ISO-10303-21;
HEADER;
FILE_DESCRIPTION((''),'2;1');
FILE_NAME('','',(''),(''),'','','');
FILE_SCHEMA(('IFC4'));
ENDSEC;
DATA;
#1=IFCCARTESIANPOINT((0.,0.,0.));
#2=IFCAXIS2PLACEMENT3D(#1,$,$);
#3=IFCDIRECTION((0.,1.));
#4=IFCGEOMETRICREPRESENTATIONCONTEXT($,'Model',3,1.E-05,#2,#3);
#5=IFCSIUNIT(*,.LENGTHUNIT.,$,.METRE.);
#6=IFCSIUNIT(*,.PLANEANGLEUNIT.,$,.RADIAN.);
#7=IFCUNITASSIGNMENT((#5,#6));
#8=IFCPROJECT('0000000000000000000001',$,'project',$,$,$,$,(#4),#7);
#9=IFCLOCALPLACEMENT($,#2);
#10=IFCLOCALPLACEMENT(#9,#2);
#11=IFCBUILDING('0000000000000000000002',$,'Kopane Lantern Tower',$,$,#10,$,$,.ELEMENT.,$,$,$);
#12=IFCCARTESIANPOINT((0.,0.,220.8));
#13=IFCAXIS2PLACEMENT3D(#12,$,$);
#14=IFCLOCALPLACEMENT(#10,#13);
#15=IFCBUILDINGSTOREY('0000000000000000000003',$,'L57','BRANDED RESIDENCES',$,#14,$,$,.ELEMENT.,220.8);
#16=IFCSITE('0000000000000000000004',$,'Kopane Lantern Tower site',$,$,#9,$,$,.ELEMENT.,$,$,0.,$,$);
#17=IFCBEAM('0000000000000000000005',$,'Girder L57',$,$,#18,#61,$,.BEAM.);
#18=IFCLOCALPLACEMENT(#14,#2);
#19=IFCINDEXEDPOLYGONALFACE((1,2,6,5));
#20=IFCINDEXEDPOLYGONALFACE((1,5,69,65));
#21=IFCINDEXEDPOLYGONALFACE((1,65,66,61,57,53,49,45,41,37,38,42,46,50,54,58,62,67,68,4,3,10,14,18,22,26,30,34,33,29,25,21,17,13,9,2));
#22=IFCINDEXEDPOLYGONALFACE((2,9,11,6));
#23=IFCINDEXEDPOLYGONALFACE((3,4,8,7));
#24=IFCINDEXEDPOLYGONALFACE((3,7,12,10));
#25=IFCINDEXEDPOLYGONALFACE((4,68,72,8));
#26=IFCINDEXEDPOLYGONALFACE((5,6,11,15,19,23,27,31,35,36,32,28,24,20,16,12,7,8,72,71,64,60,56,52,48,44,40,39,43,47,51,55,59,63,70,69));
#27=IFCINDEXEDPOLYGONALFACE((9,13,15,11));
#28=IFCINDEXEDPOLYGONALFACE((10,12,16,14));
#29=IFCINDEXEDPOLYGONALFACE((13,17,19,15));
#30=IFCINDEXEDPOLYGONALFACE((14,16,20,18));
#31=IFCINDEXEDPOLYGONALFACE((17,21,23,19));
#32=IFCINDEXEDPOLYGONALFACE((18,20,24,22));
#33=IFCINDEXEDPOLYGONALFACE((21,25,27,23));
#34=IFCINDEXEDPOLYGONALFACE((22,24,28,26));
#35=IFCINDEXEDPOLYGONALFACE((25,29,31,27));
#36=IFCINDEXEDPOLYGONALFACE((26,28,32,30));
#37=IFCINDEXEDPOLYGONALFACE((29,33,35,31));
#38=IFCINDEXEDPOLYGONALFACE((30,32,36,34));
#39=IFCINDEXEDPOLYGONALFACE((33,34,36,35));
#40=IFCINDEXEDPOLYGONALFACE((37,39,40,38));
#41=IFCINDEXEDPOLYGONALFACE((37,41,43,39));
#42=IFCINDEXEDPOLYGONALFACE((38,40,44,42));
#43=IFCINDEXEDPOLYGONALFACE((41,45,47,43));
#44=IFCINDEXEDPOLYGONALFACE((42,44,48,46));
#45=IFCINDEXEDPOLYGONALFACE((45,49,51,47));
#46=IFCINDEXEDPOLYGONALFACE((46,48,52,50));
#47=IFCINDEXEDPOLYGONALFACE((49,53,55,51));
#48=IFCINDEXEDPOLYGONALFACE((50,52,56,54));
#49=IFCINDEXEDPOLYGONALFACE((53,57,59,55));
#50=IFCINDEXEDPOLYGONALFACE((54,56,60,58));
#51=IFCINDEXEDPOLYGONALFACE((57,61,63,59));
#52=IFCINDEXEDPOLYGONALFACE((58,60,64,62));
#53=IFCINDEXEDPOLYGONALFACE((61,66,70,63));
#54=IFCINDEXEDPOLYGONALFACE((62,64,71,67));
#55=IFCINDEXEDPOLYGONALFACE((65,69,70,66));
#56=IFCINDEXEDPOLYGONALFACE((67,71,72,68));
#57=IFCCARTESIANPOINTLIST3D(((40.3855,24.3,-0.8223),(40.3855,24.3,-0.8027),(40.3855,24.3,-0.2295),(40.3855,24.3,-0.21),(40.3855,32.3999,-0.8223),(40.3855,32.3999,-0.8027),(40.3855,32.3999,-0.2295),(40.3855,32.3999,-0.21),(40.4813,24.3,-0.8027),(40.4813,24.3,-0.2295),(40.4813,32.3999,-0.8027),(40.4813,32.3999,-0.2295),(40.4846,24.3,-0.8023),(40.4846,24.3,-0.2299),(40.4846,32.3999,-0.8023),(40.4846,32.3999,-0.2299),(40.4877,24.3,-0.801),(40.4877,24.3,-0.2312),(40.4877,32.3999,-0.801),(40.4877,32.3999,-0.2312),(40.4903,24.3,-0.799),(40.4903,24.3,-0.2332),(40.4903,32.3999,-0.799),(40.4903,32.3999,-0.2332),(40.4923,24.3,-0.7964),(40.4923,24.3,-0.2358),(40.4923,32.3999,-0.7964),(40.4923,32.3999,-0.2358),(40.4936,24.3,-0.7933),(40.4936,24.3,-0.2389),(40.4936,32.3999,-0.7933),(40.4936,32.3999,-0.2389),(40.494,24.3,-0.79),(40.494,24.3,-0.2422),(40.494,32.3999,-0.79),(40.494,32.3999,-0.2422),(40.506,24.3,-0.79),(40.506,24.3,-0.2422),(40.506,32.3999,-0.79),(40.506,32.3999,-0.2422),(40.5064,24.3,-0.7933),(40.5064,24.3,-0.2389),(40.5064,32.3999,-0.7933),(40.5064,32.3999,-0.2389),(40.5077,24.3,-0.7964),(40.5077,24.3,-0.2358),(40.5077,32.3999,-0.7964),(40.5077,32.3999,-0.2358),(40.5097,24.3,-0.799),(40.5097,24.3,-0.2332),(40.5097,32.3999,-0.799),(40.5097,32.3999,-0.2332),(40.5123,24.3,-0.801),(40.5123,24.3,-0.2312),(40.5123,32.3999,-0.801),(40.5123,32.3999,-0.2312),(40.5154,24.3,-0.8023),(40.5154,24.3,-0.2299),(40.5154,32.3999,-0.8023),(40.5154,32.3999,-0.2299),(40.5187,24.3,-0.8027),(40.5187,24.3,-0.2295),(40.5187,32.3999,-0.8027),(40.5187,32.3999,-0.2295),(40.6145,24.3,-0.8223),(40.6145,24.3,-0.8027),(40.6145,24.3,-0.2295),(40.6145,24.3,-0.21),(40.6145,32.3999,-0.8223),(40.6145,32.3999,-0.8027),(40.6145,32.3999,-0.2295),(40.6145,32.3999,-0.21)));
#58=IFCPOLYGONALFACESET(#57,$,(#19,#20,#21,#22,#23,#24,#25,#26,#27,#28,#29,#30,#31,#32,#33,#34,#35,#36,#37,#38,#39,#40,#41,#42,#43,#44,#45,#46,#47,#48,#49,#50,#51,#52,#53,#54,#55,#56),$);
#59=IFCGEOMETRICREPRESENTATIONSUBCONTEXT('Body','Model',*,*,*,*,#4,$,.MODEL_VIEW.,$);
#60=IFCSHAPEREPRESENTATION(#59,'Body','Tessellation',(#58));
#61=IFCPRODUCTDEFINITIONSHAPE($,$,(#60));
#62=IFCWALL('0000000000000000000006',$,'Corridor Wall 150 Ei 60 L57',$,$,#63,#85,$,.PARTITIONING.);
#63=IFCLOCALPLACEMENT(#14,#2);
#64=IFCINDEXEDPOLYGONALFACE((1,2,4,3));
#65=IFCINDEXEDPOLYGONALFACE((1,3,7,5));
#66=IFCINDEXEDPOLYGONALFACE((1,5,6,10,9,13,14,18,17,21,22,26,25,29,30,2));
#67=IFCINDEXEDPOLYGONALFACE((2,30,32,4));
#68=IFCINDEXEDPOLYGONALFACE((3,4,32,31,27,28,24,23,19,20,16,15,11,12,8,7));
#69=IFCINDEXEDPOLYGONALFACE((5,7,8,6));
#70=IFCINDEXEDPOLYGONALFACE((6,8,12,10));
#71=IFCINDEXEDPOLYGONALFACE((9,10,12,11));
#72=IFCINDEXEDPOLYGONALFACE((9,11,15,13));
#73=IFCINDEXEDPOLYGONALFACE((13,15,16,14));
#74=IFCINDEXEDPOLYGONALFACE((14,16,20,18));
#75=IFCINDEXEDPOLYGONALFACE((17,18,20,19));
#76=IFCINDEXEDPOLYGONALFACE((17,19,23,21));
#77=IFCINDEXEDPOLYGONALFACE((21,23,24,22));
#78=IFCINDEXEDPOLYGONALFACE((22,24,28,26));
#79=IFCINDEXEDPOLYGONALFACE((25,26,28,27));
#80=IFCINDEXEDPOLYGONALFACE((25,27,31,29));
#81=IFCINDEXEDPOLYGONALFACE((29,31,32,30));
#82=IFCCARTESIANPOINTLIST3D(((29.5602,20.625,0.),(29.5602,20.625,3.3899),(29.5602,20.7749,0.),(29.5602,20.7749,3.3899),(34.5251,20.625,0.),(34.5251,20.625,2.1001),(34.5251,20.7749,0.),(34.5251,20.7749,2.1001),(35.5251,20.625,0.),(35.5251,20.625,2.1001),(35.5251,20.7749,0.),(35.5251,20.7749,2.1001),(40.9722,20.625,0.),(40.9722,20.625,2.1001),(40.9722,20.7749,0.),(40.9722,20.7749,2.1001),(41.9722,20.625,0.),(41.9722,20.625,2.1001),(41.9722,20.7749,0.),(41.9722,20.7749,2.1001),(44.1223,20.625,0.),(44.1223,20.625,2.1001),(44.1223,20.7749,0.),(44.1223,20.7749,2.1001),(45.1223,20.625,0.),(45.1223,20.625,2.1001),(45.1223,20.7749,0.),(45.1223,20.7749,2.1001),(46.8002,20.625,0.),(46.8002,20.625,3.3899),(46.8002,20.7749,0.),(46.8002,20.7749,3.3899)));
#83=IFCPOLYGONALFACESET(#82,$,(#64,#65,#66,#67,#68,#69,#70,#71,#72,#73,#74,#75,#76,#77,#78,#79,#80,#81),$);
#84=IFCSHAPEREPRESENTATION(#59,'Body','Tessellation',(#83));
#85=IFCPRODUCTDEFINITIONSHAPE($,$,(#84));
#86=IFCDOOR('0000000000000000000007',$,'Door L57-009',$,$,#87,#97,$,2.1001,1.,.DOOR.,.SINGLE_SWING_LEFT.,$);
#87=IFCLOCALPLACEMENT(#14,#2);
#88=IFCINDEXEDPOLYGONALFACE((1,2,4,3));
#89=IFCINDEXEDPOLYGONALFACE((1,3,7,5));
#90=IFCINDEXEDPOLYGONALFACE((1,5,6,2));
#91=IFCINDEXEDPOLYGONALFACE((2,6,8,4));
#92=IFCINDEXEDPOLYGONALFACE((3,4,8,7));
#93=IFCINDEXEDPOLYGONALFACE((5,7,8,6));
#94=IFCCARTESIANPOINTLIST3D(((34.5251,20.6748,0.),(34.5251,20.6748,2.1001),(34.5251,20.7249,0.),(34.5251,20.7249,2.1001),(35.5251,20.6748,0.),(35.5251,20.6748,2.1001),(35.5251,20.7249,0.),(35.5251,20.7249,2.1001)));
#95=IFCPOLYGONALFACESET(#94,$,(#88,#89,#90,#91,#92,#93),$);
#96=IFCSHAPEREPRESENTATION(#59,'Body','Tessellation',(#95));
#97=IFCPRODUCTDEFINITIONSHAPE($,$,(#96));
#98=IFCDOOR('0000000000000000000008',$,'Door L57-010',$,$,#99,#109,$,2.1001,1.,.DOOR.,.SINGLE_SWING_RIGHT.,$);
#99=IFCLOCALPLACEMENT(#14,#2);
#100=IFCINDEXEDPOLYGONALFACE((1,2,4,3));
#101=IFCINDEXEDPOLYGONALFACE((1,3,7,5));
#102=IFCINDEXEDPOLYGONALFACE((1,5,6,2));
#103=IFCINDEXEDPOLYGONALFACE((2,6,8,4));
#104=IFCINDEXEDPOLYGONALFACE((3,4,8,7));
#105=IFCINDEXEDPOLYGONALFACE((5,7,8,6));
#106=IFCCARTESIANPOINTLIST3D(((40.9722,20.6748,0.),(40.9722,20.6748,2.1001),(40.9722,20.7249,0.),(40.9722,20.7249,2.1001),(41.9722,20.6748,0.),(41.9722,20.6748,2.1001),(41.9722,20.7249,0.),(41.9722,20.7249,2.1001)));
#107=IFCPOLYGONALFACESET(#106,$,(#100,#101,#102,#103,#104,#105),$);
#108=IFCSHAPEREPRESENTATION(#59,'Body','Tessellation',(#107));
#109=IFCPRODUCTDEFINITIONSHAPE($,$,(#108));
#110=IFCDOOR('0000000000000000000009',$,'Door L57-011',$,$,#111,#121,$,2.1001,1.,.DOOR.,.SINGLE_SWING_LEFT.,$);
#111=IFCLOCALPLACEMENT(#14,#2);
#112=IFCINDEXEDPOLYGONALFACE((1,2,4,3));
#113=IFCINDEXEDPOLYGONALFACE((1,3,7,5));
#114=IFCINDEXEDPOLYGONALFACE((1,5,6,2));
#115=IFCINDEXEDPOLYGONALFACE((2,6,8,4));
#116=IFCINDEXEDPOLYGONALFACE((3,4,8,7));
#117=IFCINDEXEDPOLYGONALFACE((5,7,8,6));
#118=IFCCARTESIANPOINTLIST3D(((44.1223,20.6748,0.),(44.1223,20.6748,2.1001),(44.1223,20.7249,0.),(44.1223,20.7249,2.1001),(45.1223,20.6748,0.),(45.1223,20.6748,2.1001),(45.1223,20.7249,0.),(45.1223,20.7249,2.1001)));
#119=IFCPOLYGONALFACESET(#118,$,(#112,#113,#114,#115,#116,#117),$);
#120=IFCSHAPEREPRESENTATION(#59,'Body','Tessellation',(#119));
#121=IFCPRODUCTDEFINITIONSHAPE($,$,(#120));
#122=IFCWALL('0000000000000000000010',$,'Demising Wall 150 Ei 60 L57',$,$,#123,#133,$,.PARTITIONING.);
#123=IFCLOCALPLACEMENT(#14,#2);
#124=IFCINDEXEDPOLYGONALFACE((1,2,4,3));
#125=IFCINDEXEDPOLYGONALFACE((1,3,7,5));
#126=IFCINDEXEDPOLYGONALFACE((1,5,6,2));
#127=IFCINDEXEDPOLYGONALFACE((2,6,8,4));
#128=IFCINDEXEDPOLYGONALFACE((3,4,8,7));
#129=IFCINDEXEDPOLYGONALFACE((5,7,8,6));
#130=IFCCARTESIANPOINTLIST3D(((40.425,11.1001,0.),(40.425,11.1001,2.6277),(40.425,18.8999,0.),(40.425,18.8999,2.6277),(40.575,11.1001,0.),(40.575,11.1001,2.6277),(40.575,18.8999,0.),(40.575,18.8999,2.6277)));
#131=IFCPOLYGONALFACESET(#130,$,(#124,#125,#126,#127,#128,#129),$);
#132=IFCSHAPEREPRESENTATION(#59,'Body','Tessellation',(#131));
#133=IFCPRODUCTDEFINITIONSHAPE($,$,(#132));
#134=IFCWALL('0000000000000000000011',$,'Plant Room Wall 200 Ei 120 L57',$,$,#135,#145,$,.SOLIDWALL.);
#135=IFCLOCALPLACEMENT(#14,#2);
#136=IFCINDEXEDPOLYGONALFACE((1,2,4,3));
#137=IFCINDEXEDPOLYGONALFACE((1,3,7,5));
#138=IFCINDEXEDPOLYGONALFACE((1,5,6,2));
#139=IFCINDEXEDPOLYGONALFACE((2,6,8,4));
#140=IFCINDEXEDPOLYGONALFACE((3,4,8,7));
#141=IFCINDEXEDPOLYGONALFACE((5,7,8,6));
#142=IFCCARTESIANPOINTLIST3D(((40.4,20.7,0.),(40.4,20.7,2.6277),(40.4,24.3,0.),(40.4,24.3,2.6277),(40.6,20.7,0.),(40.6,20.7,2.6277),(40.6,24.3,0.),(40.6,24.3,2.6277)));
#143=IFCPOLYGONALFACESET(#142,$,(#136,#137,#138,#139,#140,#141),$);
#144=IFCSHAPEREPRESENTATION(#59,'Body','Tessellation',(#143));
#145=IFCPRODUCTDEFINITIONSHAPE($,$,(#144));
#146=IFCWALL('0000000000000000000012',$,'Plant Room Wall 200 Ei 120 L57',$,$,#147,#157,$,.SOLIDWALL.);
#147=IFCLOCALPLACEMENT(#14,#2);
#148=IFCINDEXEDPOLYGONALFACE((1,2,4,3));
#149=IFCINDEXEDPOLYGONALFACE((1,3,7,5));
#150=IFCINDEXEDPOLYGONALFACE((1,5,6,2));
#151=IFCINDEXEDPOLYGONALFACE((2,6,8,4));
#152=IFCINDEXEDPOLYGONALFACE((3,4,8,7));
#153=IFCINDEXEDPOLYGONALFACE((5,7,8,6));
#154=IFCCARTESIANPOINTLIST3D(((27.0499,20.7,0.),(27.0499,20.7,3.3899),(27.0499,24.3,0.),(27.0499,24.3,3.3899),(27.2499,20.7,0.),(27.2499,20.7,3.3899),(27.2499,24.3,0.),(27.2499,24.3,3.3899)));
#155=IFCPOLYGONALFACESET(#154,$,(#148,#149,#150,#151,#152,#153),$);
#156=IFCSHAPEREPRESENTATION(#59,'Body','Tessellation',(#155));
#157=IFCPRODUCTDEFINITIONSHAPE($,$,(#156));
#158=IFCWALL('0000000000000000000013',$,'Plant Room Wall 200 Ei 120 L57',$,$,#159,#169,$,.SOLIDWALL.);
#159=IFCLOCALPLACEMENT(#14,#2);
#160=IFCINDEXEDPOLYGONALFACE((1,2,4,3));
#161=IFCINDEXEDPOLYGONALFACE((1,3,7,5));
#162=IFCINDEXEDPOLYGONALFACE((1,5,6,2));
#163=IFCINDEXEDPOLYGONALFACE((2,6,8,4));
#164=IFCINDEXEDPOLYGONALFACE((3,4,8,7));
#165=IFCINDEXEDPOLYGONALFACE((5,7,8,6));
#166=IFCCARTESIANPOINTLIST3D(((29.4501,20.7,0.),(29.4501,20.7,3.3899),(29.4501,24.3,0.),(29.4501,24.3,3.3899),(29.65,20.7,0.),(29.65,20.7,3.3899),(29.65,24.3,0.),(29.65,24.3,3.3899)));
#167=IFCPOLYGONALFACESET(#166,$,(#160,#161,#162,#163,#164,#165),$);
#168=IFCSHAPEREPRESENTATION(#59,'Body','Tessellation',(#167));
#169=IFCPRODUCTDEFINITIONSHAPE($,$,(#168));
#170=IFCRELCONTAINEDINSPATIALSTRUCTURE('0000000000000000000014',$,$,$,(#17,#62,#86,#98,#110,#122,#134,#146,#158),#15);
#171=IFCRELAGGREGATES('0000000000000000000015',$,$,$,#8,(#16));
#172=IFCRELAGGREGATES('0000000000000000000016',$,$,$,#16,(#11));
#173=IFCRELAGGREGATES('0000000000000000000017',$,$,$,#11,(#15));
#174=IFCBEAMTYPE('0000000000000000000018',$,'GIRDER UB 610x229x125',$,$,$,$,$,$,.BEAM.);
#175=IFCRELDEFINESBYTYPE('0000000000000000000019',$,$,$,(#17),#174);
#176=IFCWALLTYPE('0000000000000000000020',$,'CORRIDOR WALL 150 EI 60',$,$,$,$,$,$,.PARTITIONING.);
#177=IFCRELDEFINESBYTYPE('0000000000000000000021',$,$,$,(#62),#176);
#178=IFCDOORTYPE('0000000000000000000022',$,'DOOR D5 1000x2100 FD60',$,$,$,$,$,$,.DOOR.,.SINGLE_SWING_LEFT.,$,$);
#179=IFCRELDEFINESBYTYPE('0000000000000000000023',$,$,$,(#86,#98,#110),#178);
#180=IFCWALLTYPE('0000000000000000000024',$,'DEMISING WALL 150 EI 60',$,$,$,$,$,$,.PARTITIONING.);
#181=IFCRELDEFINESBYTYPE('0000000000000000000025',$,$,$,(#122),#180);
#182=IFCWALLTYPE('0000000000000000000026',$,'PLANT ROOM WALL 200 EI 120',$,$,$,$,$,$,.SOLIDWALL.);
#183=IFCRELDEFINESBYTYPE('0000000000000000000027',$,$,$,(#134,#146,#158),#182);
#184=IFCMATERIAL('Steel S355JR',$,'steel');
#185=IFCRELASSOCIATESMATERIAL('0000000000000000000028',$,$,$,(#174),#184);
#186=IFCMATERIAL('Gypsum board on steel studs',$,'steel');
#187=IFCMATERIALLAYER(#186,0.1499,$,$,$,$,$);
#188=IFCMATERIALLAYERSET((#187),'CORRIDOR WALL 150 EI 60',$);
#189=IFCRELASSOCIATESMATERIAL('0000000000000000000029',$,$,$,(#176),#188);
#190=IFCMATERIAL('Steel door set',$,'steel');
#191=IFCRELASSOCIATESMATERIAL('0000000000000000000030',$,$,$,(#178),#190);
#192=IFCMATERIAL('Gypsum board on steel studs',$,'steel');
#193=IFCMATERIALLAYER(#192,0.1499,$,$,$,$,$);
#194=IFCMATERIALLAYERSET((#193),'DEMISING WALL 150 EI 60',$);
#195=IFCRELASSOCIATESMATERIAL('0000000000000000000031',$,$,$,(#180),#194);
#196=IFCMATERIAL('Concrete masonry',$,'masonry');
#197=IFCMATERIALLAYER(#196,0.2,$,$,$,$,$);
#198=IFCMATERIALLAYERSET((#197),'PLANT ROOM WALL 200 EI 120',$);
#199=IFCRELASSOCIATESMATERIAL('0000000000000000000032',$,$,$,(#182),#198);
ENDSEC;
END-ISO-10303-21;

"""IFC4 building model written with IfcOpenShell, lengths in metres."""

from ifc_helpers import new_model, si_unit, direction, frame, frame_2d, origin, origin_2d, place, context, subcontext, project, spatial, rectangle, i_section, extrude, material, layer, layer_set, material_profile, profile_set, type_object, element, fill, save


model = new_model("IFC4")

# Units and contexts
model_context = context("Model", 3, precision=1e-05, world=origin(), true_north=direction((0.0, 1.0)))
body_context = subcontext(model_context, "Body", "Model", "MODEL_VIEW")
ifc_project = project(units=[si_unit("LENGTHUNIT", "METRE"), si_unit("PLANEANGLEUNIT", "RADIAN")], contexts=[model_context])

# Site, building, storey
site_placement = place(None, origin())
site = spatial("IfcSite", under=ifc_project, at=site_placement, Name="Kopane Lantern Tower site", CompositionType="ELEMENT", RefElevation=0.0)
building_placement = place(site_placement, origin())
building = spatial("IfcBuilding", under=site, at=building_placement, Name="Kopane Lantern Tower", CompositionType="ELEMENT")
storey_placement = place(building_placement, frame((0.0, 0.0, 220.8)))
storey = spatial("IfcBuildingStorey", under=building, at=storey_placement, Name="L57", Description="BRANDED RESIDENCES", CompositionType="ELEMENT", Elevation=220.8)

# Beam
ifc_material_1 = material(Name="Steel S355JR", Category="steel")
ifc_material_profile_1 = material_profile(ifc_material_1, i_section(OverallWidth=0.229, OverallDepth=0.6123, WebThickness=0.012, FlangeThickness=0.0195, FilletRadius=0.0127, at=origin_2d()), Name="UB 610x229x125")
ifc_profile_set_1 = profile_set([ifc_material_profile_1], Name="Steel S355JR")
beam_type_1 = type_object("IfcBeamType", Name="GIRDER UB 610x229x125", PredefinedType="BEAM", material=ifc_profile_set_1)
beam_1_placement = place(storey_placement, frame((40.5, 24.3, -0.5161), z_axis=(0.0, 1.0, 0.0), x_axis=(-1.0, 0.0, 0.0)))
element("IfcBeam", 1, at=beam_1_placement, inside=storey, type_object=beam_type_1, Name="Girder L57", PredefinedType="BEAM", context=body_context, shape_type="SweptSolid", body=[
    extrude(i_section(OverallWidth=0.229, OverallDepth=0.6123, WebThickness=0.012, FlangeThickness=0.0195, FilletRadius=0.0127, at=origin_2d()), origin(), (0.0, 0.0, 1.0), 8.0999),
])

# Wall, openings, doors
ifc_material_2 = material(Name="Gypsum board on steel studs", Category="steel")
ifc_layer_1 = layer(ifc_material_2, 0.1499)
ifc_layer_set_1 = layer_set([ifc_layer_1], Name="CORRIDOR WALL 150 EI 60")
wall_type_1 = type_object("IfcWallType", Name="CORRIDOR WALL 150 EI 60", PredefinedType="PARTITIONING", material=ifc_layer_set_1)
wall_1_placement = place(storey_placement, frame((29.5601, 20.7, 0.0), z_axis=(0.0, 0.0, 1.0), x_axis=(1.0, 0.0, 0.0)))
wall_1 = element("IfcWall", 2, at=wall_1_placement, inside=storey, type_object=wall_type_1, Name="Corridor Wall 150 Ei 60 L57", PredefinedType="PARTITIONING", context=body_context, shape_type="SweptSolid", body=[
    extrude(rectangle(XDim=17.24, YDim=0.1499, at=frame_2d((8.6201, 0.0))), origin(), (0.0, 0.0, 1.0), 3.3899),
])
opening_1_placement = place(wall_1_placement, frame((4.9651, 0.0, 0.0)))
opening_1 = element("IfcOpeningElement", 3, at=opening_1_placement, cuts=wall_1, PredefinedType="OPENING", context=body_context, shape_type="SweptSolid", body=[
    extrude(rectangle(XDim=1.0, YDim=2.1001, at=frame_2d((0.5, 1.05))), frame((0.0, 0.085, 0.0), z_axis=(0.0, -1.0, 0.0), x_axis=(1.0, 0.0, 0.0)), (0.0, 0.0, 1.0), 0.1699),
])
opening_2_placement = place(wall_1_placement, frame((11.4121, 0.0, 0.0)))
opening_2 = element("IfcOpeningElement", 4, at=opening_2_placement, cuts=wall_1, PredefinedType="OPENING", context=body_context, shape_type="SweptSolid", body=[
    extrude(rectangle(XDim=1.0, YDim=2.1001, at=frame_2d((0.5, 1.05))), frame((0.0, 0.085, 0.0), z_axis=(0.0, -1.0, 0.0), x_axis=(1.0, 0.0, 0.0)), (0.0, 0.0, 1.0), 0.1699),
])
opening_3_placement = place(wall_1_placement, frame((14.5623, 0.0, 0.0)))
opening_3 = element("IfcOpeningElement", 5, at=opening_3_placement, cuts=wall_1, PredefinedType="OPENING", context=body_context, shape_type="SweptSolid", body=[
    extrude(rectangle(XDim=1.0, YDim=2.1001, at=frame_2d((0.5, 1.05))), frame((0.0, 0.085, 0.0), z_axis=(0.0, -1.0, 0.0), x_axis=(1.0, 0.0, 0.0)), (0.0, 0.0, 1.0), 0.1699),
])
ifc_material_3 = material(Name="Steel door set", Category="steel")
door_type_1 = type_object("IfcDoorType", Name="DOOR D5 1000x2100 FD60", OperationType="SINGLE_SWING_LEFT", PredefinedType="DOOR", material=ifc_material_3)
door_1_placement = place(opening_1_placement, origin())
door_1 = element("IfcDoor", 6, at=door_1_placement, inside=storey, type_object=door_type_1, Name="Door L57-009", OperationType="SINGLE_SWING_LEFT", OverallHeight=2.1001, OverallWidth=1.0, PredefinedType="DOOR", context=body_context, shape_type="SweptSolid", body=[
    extrude(rectangle(XDim=1.0, YDim=2.1001, at=frame_2d((0.5, 1.05))), frame((0.0, 0.0249, 0.0), z_axis=(0.0, -1.0, 0.0), x_axis=(1.0, 0.0, 0.0)), (0.0, 0.0, 1.0), 0.05),
])
fill(opening_1, door_1)
door_2_placement = place(opening_2_placement, origin())
door_2 = element("IfcDoor", 7, at=door_2_placement, inside=storey, type_object=door_type_1, Name="Door L57-010", OperationType="SINGLE_SWING_RIGHT", OverallHeight=2.1001, OverallWidth=1.0, PredefinedType="DOOR", context=body_context, shape_type="SweptSolid", body=[
    extrude(rectangle(XDim=1.0, YDim=2.1001, at=frame_2d((0.5, 1.05))), frame((0.0, 0.0249, 0.0), z_axis=(0.0, -1.0, 0.0), x_axis=(1.0, 0.0, 0.0)), (0.0, 0.0, 1.0), 0.05),
])
fill(opening_2, door_2)
door_3_placement = place(opening_3_placement, origin())
door_3 = element("IfcDoor", 8, at=door_3_placement, inside=storey, type_object=door_type_1, Name="Door L57-011", OperationType="SINGLE_SWING_LEFT", OverallHeight=2.1001, OverallWidth=1.0, PredefinedType="DOOR", context=body_context, shape_type="SweptSolid", body=[
    extrude(rectangle(XDim=1.0, YDim=2.1001, at=frame_2d((0.5, 1.05))), frame((0.0, 0.0249, 0.0), z_axis=(0.0, -1.0, 0.0), x_axis=(1.0, 0.0, 0.0)), (0.0, 0.0, 1.0), 0.05),
])
fill(opening_3, door_3)

# Walls
ifc_material_4 = material(Name="Gypsum board on steel studs", Category="steel")
ifc_layer_2 = layer(ifc_material_4, 0.1499)
ifc_layer_set_2 = layer_set([ifc_layer_2], Name="DEMISING WALL 150 EI 60")
wall_type_2 = type_object("IfcWallType", Name="DEMISING WALL 150 EI 60", PredefinedType="PARTITIONING", material=ifc_layer_set_2)
wall_2_placement = place(storey_placement, frame((40.5, 18.8999, 0.0), z_axis=(0.0, 0.0, 1.0), x_axis=(0.0, -1.0, 0.0)))
element("IfcWall", 9, at=wall_2_placement, inside=storey, type_object=wall_type_2, Name="Demising Wall 150 Ei 60 L57", PredefinedType="PARTITIONING", context=body_context, shape_type="SweptSolid", body=[
    extrude(rectangle(XDim=7.7998, YDim=0.1499, at=frame_2d((3.8999, 0.0))), origin(), (0.0, 0.0, 1.0), 2.6277),
])
ifc_material_5 = material(Name="Concrete masonry", Category="masonry")
ifc_layer_3 = layer(ifc_material_5, 0.2)
ifc_layer_set_3 = layer_set([ifc_layer_3], Name="PLANT ROOM WALL 200 EI 120")
wall_type_3 = type_object("IfcWallType", Name="PLANT ROOM WALL 200 EI 120", PredefinedType="SOLIDWALL", material=ifc_layer_set_3)
wall_3_placement = place(storey_placement, frame((40.5, 20.7, 0.0), z_axis=(0.0, 0.0, 1.0), x_axis=(0.0, 1.0, 0.0)))
element("IfcWall", 10, at=wall_3_placement, inside=storey, type_object=wall_type_3, Name="Plant Room Wall 200 Ei 120 L57", PredefinedType="SOLIDWALL", context=body_context, shape_type="SweptSolid", body=[
    extrude(rectangle(XDim=3.6001, YDim=0.2, at=frame_2d((1.8, 0.0))), origin(), (0.0, 0.0, 1.0), 2.6277),
])
for number, where, z_axis, x_axis, name in (
    (11, (27.1499, 20.7, 0.0), (0.0, 0.0, 1.0), (0.0, 1.0, 0.0), "Plant Room Wall 200 Ei 120 L57"),
    (12, (29.55, 20.7, 0.0), (0.0, 0.0, 1.0), (0.0, 1.0, 0.0), "Plant Room Wall 200 Ei 120 L57"),
):
    element("IfcWall", number, at=place(storey_placement, frame(where, z_axis=z_axis, x_axis=x_axis)), inside=storey, type_object=wall_type_3, Name=name, PredefinedType="SOLIDWALL", context=body_context, shape_type="SweptSolid", body=[
        extrude(rectangle(XDim=3.6001, YDim=0.2, at=frame_2d((1.8, 0.0))), origin(), (0.0, 0.0, 1.0), 3.3899),
    ])

save(model, "model.ifc")
